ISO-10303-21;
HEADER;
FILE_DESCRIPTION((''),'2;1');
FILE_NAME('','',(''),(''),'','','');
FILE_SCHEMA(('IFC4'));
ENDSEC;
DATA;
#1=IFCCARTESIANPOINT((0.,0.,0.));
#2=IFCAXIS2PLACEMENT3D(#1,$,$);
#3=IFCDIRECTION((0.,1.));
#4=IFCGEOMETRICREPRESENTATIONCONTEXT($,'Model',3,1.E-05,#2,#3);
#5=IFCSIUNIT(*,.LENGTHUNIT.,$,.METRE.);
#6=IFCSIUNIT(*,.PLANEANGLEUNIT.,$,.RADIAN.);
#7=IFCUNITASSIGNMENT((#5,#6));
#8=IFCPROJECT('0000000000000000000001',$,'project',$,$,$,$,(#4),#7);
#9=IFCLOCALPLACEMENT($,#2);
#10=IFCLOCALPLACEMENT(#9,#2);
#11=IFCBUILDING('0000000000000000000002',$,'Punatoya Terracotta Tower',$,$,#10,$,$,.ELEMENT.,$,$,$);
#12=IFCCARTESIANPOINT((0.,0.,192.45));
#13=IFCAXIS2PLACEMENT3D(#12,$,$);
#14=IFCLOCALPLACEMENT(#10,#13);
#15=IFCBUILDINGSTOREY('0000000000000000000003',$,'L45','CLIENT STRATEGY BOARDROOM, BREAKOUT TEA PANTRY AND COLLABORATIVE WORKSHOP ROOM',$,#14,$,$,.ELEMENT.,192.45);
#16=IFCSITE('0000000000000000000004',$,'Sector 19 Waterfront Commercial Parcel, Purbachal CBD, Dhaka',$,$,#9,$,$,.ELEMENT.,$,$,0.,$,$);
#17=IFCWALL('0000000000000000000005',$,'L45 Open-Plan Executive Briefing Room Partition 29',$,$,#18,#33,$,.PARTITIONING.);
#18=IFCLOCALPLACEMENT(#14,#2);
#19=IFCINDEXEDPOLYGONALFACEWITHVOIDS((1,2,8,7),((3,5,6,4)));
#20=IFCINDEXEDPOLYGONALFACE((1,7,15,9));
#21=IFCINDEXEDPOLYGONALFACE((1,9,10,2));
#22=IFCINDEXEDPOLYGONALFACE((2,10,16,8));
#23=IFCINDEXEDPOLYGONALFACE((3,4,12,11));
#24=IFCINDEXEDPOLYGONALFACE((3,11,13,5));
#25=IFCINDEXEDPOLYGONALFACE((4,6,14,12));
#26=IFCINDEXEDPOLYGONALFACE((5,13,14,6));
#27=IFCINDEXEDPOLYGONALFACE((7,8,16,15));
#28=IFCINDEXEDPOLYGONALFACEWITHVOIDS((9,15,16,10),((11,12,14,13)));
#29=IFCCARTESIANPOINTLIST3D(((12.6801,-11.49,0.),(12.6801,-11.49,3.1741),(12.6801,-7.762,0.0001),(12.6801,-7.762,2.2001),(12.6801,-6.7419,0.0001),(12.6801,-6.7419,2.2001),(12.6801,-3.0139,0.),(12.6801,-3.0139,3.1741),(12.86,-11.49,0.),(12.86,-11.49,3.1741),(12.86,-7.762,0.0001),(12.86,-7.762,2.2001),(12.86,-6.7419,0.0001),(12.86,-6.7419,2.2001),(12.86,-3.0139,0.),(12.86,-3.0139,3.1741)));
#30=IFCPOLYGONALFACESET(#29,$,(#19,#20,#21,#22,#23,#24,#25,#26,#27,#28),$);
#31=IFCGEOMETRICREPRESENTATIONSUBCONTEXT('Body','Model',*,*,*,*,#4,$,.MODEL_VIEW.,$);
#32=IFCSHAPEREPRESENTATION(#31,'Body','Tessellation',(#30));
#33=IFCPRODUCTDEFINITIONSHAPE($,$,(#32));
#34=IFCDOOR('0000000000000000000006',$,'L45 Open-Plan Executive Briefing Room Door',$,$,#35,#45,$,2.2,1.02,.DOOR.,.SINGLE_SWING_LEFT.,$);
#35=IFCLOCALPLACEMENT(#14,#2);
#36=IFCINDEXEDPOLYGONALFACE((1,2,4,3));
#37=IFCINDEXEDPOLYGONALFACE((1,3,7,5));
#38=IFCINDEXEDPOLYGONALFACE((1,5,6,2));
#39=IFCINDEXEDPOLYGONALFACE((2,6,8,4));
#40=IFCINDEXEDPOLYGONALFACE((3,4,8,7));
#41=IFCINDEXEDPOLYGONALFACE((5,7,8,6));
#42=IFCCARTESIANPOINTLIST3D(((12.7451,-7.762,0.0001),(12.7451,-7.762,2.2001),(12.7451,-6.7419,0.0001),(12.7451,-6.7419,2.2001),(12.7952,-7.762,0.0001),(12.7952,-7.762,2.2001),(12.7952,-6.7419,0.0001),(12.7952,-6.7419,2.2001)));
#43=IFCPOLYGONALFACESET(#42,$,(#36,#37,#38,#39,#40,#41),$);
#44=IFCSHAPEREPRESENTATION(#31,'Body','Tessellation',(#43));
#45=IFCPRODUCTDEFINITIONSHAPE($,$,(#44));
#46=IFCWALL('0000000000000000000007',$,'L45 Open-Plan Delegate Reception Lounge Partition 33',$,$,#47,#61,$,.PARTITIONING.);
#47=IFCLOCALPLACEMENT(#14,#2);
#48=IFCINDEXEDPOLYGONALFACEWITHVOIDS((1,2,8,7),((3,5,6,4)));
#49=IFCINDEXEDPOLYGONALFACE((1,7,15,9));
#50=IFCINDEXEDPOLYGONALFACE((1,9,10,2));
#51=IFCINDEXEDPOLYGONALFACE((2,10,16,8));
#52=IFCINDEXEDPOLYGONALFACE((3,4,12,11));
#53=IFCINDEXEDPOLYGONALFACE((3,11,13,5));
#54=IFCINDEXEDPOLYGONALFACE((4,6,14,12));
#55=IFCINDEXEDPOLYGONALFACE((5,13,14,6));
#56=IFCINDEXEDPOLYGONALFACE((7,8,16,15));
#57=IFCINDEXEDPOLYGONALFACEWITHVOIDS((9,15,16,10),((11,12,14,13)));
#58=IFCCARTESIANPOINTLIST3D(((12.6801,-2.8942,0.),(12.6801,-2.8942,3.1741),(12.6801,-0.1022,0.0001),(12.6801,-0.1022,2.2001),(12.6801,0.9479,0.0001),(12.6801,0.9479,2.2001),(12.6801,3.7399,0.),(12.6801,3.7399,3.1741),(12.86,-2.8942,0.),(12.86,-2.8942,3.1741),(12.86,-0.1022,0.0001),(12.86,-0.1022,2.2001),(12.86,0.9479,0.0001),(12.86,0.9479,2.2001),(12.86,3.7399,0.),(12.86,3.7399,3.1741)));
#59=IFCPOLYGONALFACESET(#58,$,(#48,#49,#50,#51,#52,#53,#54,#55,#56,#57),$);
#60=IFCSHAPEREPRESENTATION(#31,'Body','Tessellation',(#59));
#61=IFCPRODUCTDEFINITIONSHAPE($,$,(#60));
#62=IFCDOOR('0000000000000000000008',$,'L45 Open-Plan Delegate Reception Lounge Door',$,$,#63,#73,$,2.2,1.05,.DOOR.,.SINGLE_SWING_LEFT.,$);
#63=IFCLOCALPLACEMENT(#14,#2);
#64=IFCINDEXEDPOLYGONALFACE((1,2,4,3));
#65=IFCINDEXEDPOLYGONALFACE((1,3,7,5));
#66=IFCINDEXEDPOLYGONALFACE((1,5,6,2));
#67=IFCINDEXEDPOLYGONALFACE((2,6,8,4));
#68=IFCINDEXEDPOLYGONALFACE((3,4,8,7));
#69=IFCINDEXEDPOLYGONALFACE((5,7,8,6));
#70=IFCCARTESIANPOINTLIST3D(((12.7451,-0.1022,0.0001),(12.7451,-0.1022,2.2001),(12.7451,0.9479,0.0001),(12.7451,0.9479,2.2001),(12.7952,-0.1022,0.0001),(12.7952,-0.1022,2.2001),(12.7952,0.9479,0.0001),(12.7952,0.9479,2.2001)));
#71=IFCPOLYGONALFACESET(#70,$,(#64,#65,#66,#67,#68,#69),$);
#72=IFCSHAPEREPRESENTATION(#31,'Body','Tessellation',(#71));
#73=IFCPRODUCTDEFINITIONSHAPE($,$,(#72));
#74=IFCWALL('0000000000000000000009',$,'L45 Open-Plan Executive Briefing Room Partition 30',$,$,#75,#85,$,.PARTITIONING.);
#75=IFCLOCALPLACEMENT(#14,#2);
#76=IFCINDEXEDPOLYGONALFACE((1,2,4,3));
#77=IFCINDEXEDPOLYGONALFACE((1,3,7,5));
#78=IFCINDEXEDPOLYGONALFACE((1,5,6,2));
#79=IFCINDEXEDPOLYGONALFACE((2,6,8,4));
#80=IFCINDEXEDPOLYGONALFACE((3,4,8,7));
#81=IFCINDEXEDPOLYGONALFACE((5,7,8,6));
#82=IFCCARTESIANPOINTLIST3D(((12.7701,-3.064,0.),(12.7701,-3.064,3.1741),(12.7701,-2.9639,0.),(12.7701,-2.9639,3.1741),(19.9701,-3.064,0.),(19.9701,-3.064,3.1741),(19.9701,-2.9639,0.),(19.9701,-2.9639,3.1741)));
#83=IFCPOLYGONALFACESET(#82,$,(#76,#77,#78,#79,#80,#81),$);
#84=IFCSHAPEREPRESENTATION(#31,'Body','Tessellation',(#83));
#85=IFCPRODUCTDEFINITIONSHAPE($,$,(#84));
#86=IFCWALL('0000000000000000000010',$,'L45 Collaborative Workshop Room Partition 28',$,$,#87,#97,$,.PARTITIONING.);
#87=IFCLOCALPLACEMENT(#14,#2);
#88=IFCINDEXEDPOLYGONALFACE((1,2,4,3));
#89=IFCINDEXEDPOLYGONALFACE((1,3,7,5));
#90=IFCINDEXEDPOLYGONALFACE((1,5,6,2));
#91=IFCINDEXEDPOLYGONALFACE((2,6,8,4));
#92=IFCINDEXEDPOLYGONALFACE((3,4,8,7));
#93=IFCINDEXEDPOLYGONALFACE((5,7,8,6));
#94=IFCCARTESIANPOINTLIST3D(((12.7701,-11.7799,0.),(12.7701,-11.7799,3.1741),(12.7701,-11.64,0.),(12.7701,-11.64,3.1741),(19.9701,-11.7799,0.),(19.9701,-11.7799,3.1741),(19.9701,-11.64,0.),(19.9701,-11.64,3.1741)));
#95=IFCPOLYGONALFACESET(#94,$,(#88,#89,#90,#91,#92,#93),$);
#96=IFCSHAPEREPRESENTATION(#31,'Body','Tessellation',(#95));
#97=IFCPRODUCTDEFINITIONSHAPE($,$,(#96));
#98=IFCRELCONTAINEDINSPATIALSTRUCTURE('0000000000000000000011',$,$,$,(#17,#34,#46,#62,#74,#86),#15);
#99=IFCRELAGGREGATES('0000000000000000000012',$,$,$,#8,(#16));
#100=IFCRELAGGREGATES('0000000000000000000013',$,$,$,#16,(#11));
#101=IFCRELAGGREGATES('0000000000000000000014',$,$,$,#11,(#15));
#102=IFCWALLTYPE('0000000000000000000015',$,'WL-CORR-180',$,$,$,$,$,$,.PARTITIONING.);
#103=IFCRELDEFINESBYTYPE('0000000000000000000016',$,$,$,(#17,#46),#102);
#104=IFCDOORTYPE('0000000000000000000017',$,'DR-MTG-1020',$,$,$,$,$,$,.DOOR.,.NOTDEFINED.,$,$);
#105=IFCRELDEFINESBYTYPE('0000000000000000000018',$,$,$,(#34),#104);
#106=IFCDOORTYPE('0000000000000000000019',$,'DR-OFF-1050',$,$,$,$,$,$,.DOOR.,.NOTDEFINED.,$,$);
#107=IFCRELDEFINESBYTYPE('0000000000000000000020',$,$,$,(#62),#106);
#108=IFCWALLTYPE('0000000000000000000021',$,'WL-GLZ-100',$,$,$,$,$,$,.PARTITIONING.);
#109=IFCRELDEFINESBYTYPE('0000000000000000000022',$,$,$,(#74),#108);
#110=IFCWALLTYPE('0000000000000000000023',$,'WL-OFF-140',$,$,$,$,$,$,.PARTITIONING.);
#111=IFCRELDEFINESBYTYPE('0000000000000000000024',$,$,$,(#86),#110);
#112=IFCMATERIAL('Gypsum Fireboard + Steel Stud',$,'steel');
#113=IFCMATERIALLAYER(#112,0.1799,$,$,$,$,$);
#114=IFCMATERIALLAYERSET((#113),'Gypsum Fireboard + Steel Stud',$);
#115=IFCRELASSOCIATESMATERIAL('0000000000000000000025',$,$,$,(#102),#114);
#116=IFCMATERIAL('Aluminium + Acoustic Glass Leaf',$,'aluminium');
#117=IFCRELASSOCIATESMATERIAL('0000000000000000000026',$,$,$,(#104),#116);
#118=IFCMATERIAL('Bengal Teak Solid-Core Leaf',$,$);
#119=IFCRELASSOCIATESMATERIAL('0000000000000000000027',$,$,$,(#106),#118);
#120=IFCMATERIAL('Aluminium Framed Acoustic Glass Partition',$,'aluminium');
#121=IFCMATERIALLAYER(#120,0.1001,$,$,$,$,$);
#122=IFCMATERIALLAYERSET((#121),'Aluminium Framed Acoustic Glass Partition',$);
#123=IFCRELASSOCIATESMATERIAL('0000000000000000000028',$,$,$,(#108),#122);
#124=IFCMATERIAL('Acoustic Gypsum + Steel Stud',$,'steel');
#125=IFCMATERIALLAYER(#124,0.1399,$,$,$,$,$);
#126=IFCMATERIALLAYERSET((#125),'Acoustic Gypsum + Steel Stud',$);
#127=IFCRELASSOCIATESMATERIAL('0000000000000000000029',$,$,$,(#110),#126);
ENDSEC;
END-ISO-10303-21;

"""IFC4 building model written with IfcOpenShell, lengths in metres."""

from ifc_helpers import new_model, si_unit, direction, frame, frame_2d, origin, place, context, subcontext, project, spatial, rectangle, extrude, material, layer, layer_set, type_object, element, fill, save


model = new_model("IFC4")

# Units and contexts
model_context = context("Model", 3, precision=1e-05, world=origin(), true_north=direction((0.0, 1.0)))
body_context = subcontext(model_context, "Body", "Model", "MODEL_VIEW")
ifc_project = project(units=[si_unit("LENGTHUNIT", "METRE"), si_unit("PLANEANGLEUNIT", "RADIAN")], contexts=[model_context])

# Site, building, storey
site_placement = place(None, origin())
site = spatial("IfcSite", under=ifc_project, at=site_placement, Name="Sector 19 Waterfront Commercial Parcel, Purbachal CBD, Dhaka", CompositionType="ELEMENT", RefElevation=0.0)
building_placement = place(site_placement, origin())
building = spatial("IfcBuilding", under=site, at=building_placement, Name="Punatoya Terracotta Tower", CompositionType="ELEMENT")
storey_placement = place(building_placement, frame((0.0, 0.0, 192.45)))
storey = spatial("IfcBuildingStorey", under=building, at=storey_placement, Name="L45", Description="CLIENT STRATEGY BOARDROOM, BREAKOUT TEA PANTRY AND COLLABORATIVE WORKSHOP ROOM", CompositionType="ELEMENT", Elevation=192.45)

# Walls, openings, doors
ifc_material_1 = material(Name="Gypsum Fireboard + Steel Stud", Category="steel")
ifc_layer_1 = layer(ifc_material_1, 0.1799)
ifc_layer_set_1 = layer_set([ifc_layer_1], Name="Gypsum Fireboard + Steel Stud")
wall_type_1 = type_object("IfcWallType", Name="WL-CORR-180", PredefinedType="PARTITIONING", material=ifc_layer_set_1)
wall_1_placement = place(storey_placement, frame((12.77, -11.49, 0.0), z_axis=(0.0, 0.0, 1.0), x_axis=(0.0, 1.0, 0.0)))
wall_1 = element("IfcWall", 1, at=wall_1_placement, inside=storey, type_object=wall_type_1, Name="L45 Open-Plan Executive Briefing Room Partition 29", PredefinedType="PARTITIONING", context=body_context, shape_type="SweptSolid", body=[
    extrude(rectangle(XDim=8.4761, YDim=0.1799, at=frame_2d((4.238, 0.0))), origin(), (0.0, 0.0, 1.0), 3.1741),
])
opening_1_placement = place(wall_1_placement, frame((3.728, 0.0, 0.0)))
opening_1 = element("IfcOpeningElement", 2, at=opening_1_placement, cuts=wall_1, PredefinedType="OPENING", context=body_context, shape_type="SweptSolid", body=[
    extrude(rectangle(XDim=1.02, YDim=2.2, at=frame_2d((0.51, 1.1001))), frame((0.0, 0.0999, 0.0), z_axis=(0.0, -1.0, 0.0), x_axis=(1.0, 0.0, 0.0)), (0.0, 0.0, 1.0), 0.2),
])
ifc_material_2 = material(Name="Aluminium + Acoustic Glass Leaf", Category="aluminium")
door_type_1 = type_object("IfcDoorType", Name="DR-MTG-1020", OperationType="NOTDEFINED", PredefinedType="DOOR", material=ifc_material_2)
door_1_placement = place(opening_1_placement, origin())
door_1 = element("IfcDoor", 3, at=door_1_placement, inside=storey, type_object=door_type_1, Name="L45 Open-Plan Executive Briefing Room Door", OperationType="SINGLE_SWING_LEFT", OverallHeight=2.2, OverallWidth=1.02, PredefinedType="DOOR", context=body_context, shape_type="SweptSolid", body=[
    extrude(rectangle(XDim=1.02, YDim=2.2, at=frame_2d((0.51, 1.1001))), frame((0.0, 0.0249, 0.0), z_axis=(0.0, -1.0, 0.0), x_axis=(1.0, 0.0, 0.0)), (0.0, 0.0, 1.0), 0.05),
])
fill(opening_1, door_1)
wall_2_placement = place(storey_placement, frame((12.77, -2.894, 0.0), z_axis=(0.0, 0.0, 1.0), x_axis=(0.0, 1.0, 0.0)))
wall_2 = element("IfcWall", 4, at=wall_2_placement, inside=storey, type_object=wall_type_1, Name="L45 Open-Plan Delegate Reception Lounge Partition 33", PredefinedType="PARTITIONING", context=body_context, shape_type="SweptSolid", body=[
    extrude(rectangle(XDim=6.634, YDim=0.1799, at=frame_2d((3.3169, 0.0))), origin(), (0.0, 0.0, 1.0), 3.1741),
])
opening_2_placement = place(wall_2_placement, frame((2.792, 0.0, 0.0)))
opening_2 = element("IfcOpeningElement", 5, at=opening_2_placement, cuts=wall_2, PredefinedType="OPENING", context=body_context, shape_type="SweptSolid", body=[
    extrude(rectangle(XDim=1.05, YDim=2.2, at=frame_2d((0.5249, 1.1001))), frame((0.0, 0.0999, 0.0), z_axis=(0.0, -1.0, 0.0), x_axis=(1.0, 0.0, 0.0)), (0.0, 0.0, 1.0), 0.2),
])
ifc_material_3 = material(Name="Bengal Teak Solid-Core Leaf")
door_type_2 = type_object("IfcDoorType", Name="DR-OFF-1050", OperationType="NOTDEFINED", PredefinedType="DOOR", material=ifc_material_3)
door_2_placement = place(opening_2_placement, origin())
door_2 = element("IfcDoor", 6, at=door_2_placement, inside=storey, type_object=door_type_2, Name="L45 Open-Plan Delegate Reception Lounge Door", OperationType="SINGLE_SWING_LEFT", OverallHeight=2.2, OverallWidth=1.05, PredefinedType="DOOR", context=body_context, shape_type="SweptSolid", body=[
    extrude(rectangle(XDim=1.05, YDim=2.2, at=frame_2d((0.5249, 1.1001))), frame((0.0, 0.0249, 0.0), z_axis=(0.0, -1.0, 0.0), x_axis=(1.0, 0.0, 0.0)), (0.0, 0.0, 1.0), 0.05),
])
fill(opening_2, door_2)

# Walls
ifc_material_4 = material(Name="Aluminium Framed Acoustic Glass Partition", Category="aluminium")
ifc_layer_2 = layer(ifc_material_4, 0.1001)
ifc_layer_set_2 = layer_set([ifc_layer_2], Name="Aluminium Framed Acoustic Glass Partition")
wall_type_2 = type_object("IfcWallType", Name="WL-GLZ-100", PredefinedType="PARTITIONING", material=ifc_layer_set_2)
wall_3_placement = place(storey_placement, frame((12.77, -3.0139, 0.0), z_axis=(0.0, 0.0, 1.0), x_axis=(1.0, 0.0, 0.0)))
element("IfcWall", 7, at=wall_3_placement, inside=storey, type_object=wall_type_2, Name="L45 Open-Plan Executive Briefing Room Partition 30", PredefinedType="PARTITIONING", context=body_context, shape_type="SweptSolid", body=[
    extrude(rectangle(XDim=7.2, YDim=0.1001, at=frame_2d((3.6001, 0.0))), origin(), (0.0, 0.0, 1.0), 3.1741),
])
ifc_material_5 = material(Name="Acoustic Gypsum + Steel Stud", Category="steel")
ifc_layer_3 = layer(ifc_material_5, 0.1399)
ifc_layer_set_3 = layer_set([ifc_layer_3], Name="Acoustic Gypsum + Steel Stud")
wall_type_3 = type_object("IfcWallType", Name="WL-OFF-140", PredefinedType="PARTITIONING", material=ifc_layer_set_3)
wall_4_placement = place(storey_placement, frame((12.77, -11.71, 0.0), z_axis=(0.0, 0.0, 1.0), x_axis=(1.0, 0.0, 0.0)))
element("IfcWall", 8, at=wall_4_placement, inside=storey, type_object=wall_type_3, Name="L45 Collaborative Workshop Room Partition 28", PredefinedType="PARTITIONING", context=body_context, shape_type="SweptSolid", body=[
    extrude(rectangle(XDim=7.2, YDim=0.1399, at=frame_2d((3.6001, 0.0))), origin(), (0.0, 0.0, 1.0), 3.1741),
])

save(model, "model.ifc")
